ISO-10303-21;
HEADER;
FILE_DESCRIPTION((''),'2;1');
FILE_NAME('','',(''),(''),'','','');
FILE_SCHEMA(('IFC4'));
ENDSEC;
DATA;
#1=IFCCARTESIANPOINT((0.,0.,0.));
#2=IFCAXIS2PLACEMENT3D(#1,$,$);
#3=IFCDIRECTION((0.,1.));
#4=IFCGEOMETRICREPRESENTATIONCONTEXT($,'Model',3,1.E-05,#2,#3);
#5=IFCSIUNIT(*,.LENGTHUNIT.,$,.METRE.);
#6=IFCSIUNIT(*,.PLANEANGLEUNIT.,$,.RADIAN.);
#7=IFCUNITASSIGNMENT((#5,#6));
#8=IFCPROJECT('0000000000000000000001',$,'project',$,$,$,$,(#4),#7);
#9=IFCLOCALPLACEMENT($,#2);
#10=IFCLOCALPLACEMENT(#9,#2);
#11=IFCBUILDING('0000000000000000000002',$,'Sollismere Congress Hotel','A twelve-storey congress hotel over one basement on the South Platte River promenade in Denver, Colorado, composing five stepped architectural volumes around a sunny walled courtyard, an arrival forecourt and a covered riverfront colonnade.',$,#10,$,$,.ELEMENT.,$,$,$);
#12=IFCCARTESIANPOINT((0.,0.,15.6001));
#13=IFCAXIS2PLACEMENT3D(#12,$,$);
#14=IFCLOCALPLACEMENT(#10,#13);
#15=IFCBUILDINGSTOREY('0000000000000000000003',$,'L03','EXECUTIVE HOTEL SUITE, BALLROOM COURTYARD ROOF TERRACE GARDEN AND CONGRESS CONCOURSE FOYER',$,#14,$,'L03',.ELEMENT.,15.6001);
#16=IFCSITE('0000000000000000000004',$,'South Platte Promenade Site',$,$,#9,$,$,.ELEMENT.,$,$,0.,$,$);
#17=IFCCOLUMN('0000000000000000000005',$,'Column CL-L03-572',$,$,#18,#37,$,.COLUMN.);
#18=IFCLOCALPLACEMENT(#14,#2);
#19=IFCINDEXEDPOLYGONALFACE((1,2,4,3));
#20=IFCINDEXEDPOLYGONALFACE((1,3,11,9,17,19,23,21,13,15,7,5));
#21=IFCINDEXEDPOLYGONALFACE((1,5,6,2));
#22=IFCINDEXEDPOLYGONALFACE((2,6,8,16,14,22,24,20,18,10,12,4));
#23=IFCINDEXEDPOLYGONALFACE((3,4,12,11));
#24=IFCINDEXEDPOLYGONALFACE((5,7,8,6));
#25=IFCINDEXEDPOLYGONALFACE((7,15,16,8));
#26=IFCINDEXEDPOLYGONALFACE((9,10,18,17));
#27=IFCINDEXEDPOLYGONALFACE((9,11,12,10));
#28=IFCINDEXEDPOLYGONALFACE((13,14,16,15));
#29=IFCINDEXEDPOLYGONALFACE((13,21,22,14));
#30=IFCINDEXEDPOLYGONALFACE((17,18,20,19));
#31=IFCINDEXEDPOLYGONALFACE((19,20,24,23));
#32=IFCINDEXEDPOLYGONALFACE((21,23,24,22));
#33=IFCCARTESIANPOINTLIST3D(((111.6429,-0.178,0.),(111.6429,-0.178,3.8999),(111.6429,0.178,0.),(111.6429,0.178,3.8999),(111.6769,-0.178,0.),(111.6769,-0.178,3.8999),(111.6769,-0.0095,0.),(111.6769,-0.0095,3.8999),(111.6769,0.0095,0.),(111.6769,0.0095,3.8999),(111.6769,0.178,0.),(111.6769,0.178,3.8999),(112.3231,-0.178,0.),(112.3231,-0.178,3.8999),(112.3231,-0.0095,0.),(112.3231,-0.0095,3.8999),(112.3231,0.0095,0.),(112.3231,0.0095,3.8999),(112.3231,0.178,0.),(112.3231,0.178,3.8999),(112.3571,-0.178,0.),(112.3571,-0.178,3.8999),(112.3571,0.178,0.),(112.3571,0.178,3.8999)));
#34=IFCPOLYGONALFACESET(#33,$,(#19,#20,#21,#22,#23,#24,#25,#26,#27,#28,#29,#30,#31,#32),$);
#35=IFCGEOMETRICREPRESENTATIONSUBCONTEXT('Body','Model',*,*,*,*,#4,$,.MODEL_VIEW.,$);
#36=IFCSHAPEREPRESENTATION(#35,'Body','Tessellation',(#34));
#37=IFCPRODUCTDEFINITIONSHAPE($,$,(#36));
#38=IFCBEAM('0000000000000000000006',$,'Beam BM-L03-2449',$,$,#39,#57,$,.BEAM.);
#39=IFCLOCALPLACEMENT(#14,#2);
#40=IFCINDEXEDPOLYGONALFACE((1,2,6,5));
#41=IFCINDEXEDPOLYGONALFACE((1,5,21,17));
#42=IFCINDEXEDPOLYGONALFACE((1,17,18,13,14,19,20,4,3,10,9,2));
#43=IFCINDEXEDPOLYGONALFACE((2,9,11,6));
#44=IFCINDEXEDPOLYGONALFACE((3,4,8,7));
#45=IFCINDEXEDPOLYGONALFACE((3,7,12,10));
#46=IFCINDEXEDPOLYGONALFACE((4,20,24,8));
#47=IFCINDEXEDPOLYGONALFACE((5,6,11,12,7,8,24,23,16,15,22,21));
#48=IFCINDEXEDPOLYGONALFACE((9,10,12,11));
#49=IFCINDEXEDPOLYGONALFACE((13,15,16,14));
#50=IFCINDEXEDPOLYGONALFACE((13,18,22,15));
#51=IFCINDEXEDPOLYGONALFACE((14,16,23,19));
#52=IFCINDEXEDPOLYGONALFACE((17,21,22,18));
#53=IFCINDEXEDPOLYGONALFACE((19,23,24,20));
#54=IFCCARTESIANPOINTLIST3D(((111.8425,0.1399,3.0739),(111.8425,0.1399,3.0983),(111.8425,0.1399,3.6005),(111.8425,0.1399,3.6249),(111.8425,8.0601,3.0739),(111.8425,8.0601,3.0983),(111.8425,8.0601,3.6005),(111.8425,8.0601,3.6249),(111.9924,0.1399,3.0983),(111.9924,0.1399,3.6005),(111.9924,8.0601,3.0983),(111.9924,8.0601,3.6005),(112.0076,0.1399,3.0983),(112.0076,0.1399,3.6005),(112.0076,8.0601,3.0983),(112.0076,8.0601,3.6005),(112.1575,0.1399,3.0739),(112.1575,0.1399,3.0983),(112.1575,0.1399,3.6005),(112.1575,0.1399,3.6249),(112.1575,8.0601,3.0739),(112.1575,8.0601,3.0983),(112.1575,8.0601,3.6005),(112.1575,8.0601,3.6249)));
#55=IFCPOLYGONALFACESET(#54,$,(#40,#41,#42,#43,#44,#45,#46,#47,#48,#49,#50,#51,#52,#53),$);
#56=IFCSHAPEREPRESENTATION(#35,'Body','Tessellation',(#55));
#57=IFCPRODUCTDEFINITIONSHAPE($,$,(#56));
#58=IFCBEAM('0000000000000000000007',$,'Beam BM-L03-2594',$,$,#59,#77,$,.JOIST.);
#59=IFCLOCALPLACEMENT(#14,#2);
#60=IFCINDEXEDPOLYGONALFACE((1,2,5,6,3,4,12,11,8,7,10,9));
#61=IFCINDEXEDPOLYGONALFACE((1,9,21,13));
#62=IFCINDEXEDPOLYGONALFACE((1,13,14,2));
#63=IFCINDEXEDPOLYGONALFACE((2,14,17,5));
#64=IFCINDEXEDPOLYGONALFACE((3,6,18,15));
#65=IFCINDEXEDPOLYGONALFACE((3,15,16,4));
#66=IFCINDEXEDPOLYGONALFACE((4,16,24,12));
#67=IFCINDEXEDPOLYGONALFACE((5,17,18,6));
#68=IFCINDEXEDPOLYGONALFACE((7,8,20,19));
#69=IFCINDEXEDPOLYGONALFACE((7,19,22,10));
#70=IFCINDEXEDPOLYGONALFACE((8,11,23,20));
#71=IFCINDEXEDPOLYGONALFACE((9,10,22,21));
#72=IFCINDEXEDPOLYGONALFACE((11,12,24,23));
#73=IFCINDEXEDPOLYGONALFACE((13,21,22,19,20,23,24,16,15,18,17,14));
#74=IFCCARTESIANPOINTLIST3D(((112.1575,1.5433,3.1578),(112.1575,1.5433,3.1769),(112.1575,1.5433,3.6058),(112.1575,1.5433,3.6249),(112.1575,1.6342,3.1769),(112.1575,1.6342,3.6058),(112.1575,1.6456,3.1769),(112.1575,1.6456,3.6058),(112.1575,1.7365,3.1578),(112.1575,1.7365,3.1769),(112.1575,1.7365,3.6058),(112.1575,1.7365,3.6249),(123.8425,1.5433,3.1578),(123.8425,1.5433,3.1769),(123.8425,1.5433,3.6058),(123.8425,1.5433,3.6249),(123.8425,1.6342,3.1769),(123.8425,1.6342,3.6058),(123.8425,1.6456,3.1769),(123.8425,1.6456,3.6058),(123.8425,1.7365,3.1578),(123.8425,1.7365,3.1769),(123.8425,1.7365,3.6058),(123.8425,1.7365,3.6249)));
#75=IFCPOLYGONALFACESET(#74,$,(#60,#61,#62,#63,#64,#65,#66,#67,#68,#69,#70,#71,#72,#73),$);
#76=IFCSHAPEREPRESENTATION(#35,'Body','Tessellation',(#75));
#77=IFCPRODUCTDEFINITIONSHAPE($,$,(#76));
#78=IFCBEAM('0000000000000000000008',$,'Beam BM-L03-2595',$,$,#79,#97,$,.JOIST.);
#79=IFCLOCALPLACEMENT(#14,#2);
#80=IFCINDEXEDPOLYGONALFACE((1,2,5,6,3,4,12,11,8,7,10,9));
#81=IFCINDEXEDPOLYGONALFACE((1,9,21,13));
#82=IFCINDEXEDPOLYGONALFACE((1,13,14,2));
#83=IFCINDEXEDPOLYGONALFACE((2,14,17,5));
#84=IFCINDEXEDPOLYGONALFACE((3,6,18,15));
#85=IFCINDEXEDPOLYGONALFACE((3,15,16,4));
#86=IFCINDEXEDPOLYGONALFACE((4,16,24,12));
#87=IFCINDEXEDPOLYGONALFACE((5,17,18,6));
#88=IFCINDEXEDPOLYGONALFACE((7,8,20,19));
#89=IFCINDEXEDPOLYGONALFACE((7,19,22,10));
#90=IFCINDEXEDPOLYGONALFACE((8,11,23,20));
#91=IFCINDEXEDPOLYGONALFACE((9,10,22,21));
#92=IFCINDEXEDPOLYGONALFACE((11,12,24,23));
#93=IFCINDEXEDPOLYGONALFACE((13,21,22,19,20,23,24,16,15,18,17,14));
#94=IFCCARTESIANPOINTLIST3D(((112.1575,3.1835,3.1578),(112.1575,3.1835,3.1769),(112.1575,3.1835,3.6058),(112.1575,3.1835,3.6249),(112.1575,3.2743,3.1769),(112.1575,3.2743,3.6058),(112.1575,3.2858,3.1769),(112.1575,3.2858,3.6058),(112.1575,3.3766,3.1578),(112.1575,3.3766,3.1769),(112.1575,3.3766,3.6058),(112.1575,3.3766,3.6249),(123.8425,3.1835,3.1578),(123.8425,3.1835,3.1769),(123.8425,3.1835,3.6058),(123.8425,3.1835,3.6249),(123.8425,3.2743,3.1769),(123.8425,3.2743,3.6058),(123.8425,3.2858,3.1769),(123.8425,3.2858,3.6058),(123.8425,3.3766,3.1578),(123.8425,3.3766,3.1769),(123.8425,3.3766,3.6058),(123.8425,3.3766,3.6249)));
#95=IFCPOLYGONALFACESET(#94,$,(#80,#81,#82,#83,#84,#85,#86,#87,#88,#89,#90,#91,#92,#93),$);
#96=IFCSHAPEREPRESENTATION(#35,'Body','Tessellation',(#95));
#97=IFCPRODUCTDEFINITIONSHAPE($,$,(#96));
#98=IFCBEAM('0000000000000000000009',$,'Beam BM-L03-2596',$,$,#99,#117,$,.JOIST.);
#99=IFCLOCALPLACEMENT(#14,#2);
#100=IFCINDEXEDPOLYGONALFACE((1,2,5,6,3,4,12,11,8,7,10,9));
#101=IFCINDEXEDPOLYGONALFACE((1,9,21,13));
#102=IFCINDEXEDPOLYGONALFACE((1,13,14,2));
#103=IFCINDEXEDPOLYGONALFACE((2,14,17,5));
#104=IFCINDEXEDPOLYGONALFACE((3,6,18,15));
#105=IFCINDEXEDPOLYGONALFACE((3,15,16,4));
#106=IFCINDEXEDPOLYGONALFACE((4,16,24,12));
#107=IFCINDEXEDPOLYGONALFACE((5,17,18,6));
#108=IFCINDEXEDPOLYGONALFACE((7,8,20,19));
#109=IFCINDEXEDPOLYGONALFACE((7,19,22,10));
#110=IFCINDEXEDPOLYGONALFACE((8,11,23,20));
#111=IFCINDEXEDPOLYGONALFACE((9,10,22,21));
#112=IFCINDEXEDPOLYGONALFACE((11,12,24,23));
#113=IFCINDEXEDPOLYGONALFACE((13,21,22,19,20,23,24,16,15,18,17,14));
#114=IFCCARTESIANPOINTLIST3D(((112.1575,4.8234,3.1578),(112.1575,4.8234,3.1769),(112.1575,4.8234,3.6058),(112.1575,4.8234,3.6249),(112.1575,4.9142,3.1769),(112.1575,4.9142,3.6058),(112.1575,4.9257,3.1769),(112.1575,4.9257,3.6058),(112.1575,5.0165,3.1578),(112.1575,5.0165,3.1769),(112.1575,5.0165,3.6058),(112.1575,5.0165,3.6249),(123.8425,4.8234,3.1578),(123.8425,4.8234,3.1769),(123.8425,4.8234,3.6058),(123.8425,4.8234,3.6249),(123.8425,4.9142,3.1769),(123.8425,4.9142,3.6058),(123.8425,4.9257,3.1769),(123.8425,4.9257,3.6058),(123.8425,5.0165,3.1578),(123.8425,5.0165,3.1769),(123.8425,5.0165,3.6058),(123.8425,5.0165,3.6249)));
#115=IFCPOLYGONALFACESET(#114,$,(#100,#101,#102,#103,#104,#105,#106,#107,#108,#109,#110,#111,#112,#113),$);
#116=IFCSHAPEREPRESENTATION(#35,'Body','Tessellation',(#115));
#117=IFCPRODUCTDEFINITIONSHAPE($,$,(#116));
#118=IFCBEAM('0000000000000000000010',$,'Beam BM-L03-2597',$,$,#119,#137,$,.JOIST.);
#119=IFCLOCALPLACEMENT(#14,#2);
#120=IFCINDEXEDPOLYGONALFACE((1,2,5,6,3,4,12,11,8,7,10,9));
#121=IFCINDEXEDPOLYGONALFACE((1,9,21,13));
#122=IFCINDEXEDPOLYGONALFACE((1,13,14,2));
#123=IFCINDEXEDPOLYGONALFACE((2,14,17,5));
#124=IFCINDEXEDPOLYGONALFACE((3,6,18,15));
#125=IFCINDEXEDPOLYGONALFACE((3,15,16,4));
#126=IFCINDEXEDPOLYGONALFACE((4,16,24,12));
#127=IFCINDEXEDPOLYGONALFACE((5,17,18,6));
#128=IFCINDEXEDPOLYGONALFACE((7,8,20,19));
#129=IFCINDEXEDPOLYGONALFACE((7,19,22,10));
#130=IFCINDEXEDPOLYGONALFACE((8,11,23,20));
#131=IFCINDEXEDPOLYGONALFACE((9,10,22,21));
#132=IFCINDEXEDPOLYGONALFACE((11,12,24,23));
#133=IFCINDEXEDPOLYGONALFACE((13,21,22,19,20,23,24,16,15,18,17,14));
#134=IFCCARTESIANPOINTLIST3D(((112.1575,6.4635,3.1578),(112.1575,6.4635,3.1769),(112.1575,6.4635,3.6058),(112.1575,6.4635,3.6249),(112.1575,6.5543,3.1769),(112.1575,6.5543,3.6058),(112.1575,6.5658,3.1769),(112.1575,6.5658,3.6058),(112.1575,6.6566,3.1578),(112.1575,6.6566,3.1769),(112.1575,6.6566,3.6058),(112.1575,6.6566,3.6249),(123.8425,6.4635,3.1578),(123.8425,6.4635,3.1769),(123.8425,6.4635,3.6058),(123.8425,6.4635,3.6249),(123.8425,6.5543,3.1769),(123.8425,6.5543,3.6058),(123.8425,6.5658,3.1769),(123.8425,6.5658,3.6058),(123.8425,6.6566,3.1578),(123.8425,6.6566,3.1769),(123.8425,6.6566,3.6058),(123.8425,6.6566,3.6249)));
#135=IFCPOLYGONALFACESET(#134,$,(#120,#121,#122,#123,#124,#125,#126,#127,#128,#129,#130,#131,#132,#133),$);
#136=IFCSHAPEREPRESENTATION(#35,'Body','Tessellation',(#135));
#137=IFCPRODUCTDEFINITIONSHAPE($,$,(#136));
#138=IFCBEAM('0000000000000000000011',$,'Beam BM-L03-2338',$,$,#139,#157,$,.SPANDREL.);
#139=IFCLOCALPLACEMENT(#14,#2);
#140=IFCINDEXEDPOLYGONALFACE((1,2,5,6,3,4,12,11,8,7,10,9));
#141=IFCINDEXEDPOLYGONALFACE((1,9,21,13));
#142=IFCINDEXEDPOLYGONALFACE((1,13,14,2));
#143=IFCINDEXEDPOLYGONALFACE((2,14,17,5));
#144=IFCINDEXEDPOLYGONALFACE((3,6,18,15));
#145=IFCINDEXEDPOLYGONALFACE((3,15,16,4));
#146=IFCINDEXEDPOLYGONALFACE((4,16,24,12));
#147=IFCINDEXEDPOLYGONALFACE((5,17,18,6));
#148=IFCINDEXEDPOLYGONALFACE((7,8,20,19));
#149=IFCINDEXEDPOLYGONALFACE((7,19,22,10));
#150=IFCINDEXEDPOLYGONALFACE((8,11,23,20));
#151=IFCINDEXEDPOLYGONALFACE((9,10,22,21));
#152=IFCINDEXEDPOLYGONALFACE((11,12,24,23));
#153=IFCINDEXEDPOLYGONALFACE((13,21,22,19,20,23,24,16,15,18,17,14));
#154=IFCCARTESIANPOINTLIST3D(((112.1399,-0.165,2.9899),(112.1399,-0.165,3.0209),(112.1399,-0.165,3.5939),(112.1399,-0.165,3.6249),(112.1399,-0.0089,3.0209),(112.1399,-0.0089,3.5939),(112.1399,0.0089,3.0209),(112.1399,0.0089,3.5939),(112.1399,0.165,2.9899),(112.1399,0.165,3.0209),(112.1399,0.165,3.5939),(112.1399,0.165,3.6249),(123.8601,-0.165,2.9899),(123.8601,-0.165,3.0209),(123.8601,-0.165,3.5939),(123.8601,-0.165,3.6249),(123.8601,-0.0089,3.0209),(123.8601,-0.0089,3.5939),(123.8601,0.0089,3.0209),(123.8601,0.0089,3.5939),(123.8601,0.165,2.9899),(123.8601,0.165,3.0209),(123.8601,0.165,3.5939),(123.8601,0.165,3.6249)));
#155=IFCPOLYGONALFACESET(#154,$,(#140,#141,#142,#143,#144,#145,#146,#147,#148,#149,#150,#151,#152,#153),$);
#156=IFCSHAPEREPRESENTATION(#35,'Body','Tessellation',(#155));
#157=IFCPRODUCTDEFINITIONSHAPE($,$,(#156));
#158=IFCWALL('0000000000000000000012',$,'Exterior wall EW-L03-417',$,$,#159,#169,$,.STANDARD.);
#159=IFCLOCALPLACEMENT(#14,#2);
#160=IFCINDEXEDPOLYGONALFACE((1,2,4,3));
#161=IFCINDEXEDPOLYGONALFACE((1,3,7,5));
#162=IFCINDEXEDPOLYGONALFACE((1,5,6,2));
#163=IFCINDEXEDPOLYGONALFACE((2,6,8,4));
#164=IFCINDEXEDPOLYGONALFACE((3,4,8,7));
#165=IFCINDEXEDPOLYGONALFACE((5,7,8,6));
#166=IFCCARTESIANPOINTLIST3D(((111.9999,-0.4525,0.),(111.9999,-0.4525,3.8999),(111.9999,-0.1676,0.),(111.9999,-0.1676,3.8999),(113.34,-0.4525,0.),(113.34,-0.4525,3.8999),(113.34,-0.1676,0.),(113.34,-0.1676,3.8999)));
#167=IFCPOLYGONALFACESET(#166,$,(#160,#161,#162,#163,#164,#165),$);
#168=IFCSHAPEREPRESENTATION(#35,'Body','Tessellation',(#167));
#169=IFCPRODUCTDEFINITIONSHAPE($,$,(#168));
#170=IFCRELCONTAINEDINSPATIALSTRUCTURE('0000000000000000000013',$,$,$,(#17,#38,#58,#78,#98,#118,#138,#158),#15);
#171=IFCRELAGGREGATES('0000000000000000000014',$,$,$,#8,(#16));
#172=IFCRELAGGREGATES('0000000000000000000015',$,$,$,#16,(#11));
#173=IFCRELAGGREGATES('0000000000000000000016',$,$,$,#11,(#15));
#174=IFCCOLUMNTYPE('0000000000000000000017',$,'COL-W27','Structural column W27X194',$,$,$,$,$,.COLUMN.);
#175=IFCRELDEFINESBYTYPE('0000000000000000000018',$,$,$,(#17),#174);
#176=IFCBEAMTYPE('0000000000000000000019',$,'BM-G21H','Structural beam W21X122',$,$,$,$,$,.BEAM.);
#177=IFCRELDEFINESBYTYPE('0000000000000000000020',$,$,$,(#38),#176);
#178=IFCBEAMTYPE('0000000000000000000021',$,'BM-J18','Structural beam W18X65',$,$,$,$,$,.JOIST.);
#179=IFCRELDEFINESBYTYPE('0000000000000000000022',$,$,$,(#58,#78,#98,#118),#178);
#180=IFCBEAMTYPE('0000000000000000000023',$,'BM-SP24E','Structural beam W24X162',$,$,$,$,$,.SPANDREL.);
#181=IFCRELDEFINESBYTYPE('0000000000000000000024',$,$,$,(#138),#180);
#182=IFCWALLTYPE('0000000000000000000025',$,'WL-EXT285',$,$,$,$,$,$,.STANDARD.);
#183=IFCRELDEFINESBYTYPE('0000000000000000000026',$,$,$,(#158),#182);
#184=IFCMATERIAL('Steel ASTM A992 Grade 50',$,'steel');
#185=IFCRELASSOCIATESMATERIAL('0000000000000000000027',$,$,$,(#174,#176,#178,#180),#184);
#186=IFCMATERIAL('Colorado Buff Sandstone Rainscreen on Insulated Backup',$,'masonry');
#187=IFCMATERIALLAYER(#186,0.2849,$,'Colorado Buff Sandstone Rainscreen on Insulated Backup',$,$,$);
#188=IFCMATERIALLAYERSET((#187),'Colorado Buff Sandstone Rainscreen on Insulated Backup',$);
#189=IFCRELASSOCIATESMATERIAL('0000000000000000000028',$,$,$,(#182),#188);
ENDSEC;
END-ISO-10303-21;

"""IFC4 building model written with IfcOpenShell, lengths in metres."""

from ifc_helpers import new_model, si_unit, direction, frame, frame_2d, origin, origin_2d, place, context, subcontext, project, spatial, rectangle, i_section, extrude, material, layer, layer_set, material_profile, profile_set, type_object, element, save


model = new_model("IFC4")

# Units and contexts
model_context = context("Model", 3, precision=1e-05, world=origin(), true_north=direction((0.0, 1.0)))
body_context = subcontext(model_context, "Body", "Model", "MODEL_VIEW")
ifc_project = project(units=[si_unit("LENGTHUNIT", "METRE"), si_unit("PLANEANGLEUNIT", "RADIAN")], contexts=[model_context])

# Site, building, storey
site_placement = place(None, origin())
site = spatial("IfcSite", under=ifc_project, at=site_placement, Name="South Platte Promenade Site", CompositionType="ELEMENT", RefElevation=0.0)
building_placement = place(site_placement, origin())
building = spatial("IfcBuilding", under=site, at=building_placement, Name="Sollismere Congress Hotel", Description="A twelve-storey congress hotel over one basement on the South Platte River promenade in Denver, Colorado, composing five stepped architectural volumes around a sunny walled courtyard, an arrival forecourt and a covered riverfront colonnade.", CompositionType="ELEMENT")
storey_placement = place(building_placement, frame((0.0, 0.0, 15.6001)))
storey = spatial("IfcBuildingStorey", under=building, at=storey_placement, Name="L03", Description="EXECUTIVE HOTEL SUITE, BALLROOM COURTYARD ROOF TERRACE GARDEN AND CONGRESS CONCOURSE FOYER", LongName="L03", CompositionType="ELEMENT", Elevation=15.6001)

# Column
ifc_material_1 = material(Name="Steel ASTM A992 Grade 50", Category="steel")
ifc_material_profile_1 = material_profile(ifc_material_1, i_section(OverallWidth=0.356, OverallDepth=0.7141, WebThickness=0.019, FlangeThickness=0.0339, at=origin_2d()), Name="W27X194")
ifc_profile_set_1 = profile_set([ifc_material_profile_1], Name="Steel ASTM A992 Grade 50")
column_type = type_object("IfcColumnType", Name="COL-W27", Description="Structural column W27X194", PredefinedType="COLUMN", material=ifc_profile_set_1)
column_placement = place(storey_placement, frame((112.0, 0.0, 0.0), z_axis=(0.0, 0.0, 1.0), x_axis=(0.0, 1.0, 0.0)))
element("IfcColumn", 1, at=column_placement, inside=storey, type_object=column_type, Name="Column CL-L03-572", PredefinedType="COLUMN", context=body_context, shape_type="SweptSolid", body=[
    extrude(i_section(OverallWidth=0.356, OverallDepth=0.7141, WebThickness=0.019, FlangeThickness=0.0339, at=origin_2d()), origin(), (0.0, 0.0, 1.0), 3.8999),
])

# Beams
ifc_material_profile_2 = material_profile(ifc_material_1, i_section(OverallWidth=0.3149, OverallDepth=0.551, WebThickness=0.0151, FlangeThickness=0.0244, at=origin_2d()), Name="W21X122")
ifc_profile_set_2 = profile_set([ifc_material_profile_2], Name="Steel ASTM A992 Grade 50")
beam_type_1 = type_object("IfcBeamType", Name="BM-G21H", Description="Structural beam W21X122", PredefinedType="BEAM", material=ifc_profile_set_2)
beam_1_placement = place(storey_placement, frame((112.0, 0.1399, 3.3494), z_axis=(0.0, 1.0, 0.0), x_axis=(-1.0, 0.0, 0.0)))
element("IfcBeam", 2, at=beam_1_placement, inside=storey, type_object=beam_type_1, Name="Beam BM-L03-2449", PredefinedType="BEAM", context=body_context, shape_type="SweptSolid", body=[
    extrude(i_section(OverallWidth=0.3149, OverallDepth=0.551, WebThickness=0.0151, FlangeThickness=0.0244, at=origin_2d()), origin(), (0.0, 0.0, 1.0), 7.9202),
])
ifc_material_profile_3 = material_profile(ifc_material_1, i_section(OverallWidth=0.1931, OverallDepth=0.467, WebThickness=0.0115, FlangeThickness=0.019, at=origin_2d()), Name="W18X65")
ifc_profile_set_3 = profile_set([ifc_material_profile_3], Name="Steel ASTM A992 Grade 50")
beam_type_2 = type_object("IfcBeamType", Name="BM-J18", Description="Structural beam W18X65", PredefinedType="JOIST", material=ifc_profile_set_3)
for number, where, z_axis, x_axis, name in (
    (3, (112.1575, 1.6399, 3.3914), (1.0, 0.0, 0.0), (0.0, 1.0, 0.0), "Beam BM-L03-2594"),
    (4, (112.1575, 3.28, 3.3914), (1.0, 0.0, 0.0), (0.0, 1.0, 0.0), "Beam BM-L03-2595"),
    (5, (112.1575, 4.9199, 3.3914), (1.0, 0.0, 0.0), (0.0, 1.0, 0.0), "Beam BM-L03-2596"),
    (6, (112.1575, 6.5601, 3.3914), (1.0, 0.0, 0.0), (0.0, 1.0, 0.0), "Beam BM-L03-2597"),
):
    element("IfcBeam", number, at=place(storey_placement, frame(where, z_axis=z_axis, x_axis=x_axis)), inside=storey, type_object=beam_type_2, Name=name, PredefinedType="JOIST", context=body_context, shape_type="SweptSolid", body=[
        extrude(i_section(OverallWidth=0.1931, OverallDepth=0.467, WebThickness=0.0115, FlangeThickness=0.019, at=origin_2d()), origin(), (0.0, 0.0, 1.0), 11.6851),
    ])
ifc_material_profile_4 = material_profile(ifc_material_1, i_section(OverallWidth=0.3301, OverallDepth=0.635, WebThickness=0.0178, FlangeThickness=0.031, at=origin_2d()), Name="W24X162")
ifc_profile_set_4 = profile_set([ifc_material_profile_4], Name="Steel ASTM A992 Grade 50")
beam_type_3 = type_object("IfcBeamType", Name="BM-SP24E", Description="Structural beam W24X162", PredefinedType="SPANDREL", material=ifc_profile_set_4)
beam_2_placement = place(storey_placement, frame((112.1399, 0.0, 3.3074), z_axis=(1.0, 0.0, 0.0), x_axis=(0.0, 1.0, 0.0)))
element("IfcBeam", 7, at=beam_2_placement, inside=storey, type_object=beam_type_3, Name="Beam BM-L03-2338", PredefinedType="SPANDREL", context=body_context, shape_type="SweptSolid", body=[
    extrude(i_section(OverallWidth=0.3301, OverallDepth=0.635, WebThickness=0.0178, FlangeThickness=0.031, at=origin_2d()), origin(), (0.0, 0.0, 1.0), 11.7202),
])

# Wall
ifc_material_2 = material(Name="Colorado Buff Sandstone Rainscreen on Insulated Backup", Category="masonry")
ifc_layer_1 = layer(ifc_material_2, 0.2849, Name="Colorado Buff Sandstone Rainscreen on Insulated Backup")
ifc_layer_set_1 = layer_set([ifc_layer_1], Name="Colorado Buff Sandstone Rainscreen on Insulated Backup")
wall_type_1 = type_object("IfcWallType", Name="WL-EXT285", PredefinedType="STANDARD", material=ifc_layer_set_1)
wall_1_placement = place(storey_placement, frame((112.0, -0.3101, 0.0), z_axis=(0.0, 0.0, 1.0), x_axis=(1.0, 0.0, 0.0)))
element("IfcWall", 8, at=wall_1_placement, inside=storey, type_object=wall_type_1, Name="Exterior wall EW-L03-417", PredefinedType="STANDARD", context=body_context, shape_type="SweptSolid", body=[
    extrude(rectangle(XDim=1.3401, YDim=0.2849, at=frame_2d((0.6699, 0.0))), origin(), (0.0, 0.0, 1.0), 3.8999),
])

save(model, "model.ifc")
